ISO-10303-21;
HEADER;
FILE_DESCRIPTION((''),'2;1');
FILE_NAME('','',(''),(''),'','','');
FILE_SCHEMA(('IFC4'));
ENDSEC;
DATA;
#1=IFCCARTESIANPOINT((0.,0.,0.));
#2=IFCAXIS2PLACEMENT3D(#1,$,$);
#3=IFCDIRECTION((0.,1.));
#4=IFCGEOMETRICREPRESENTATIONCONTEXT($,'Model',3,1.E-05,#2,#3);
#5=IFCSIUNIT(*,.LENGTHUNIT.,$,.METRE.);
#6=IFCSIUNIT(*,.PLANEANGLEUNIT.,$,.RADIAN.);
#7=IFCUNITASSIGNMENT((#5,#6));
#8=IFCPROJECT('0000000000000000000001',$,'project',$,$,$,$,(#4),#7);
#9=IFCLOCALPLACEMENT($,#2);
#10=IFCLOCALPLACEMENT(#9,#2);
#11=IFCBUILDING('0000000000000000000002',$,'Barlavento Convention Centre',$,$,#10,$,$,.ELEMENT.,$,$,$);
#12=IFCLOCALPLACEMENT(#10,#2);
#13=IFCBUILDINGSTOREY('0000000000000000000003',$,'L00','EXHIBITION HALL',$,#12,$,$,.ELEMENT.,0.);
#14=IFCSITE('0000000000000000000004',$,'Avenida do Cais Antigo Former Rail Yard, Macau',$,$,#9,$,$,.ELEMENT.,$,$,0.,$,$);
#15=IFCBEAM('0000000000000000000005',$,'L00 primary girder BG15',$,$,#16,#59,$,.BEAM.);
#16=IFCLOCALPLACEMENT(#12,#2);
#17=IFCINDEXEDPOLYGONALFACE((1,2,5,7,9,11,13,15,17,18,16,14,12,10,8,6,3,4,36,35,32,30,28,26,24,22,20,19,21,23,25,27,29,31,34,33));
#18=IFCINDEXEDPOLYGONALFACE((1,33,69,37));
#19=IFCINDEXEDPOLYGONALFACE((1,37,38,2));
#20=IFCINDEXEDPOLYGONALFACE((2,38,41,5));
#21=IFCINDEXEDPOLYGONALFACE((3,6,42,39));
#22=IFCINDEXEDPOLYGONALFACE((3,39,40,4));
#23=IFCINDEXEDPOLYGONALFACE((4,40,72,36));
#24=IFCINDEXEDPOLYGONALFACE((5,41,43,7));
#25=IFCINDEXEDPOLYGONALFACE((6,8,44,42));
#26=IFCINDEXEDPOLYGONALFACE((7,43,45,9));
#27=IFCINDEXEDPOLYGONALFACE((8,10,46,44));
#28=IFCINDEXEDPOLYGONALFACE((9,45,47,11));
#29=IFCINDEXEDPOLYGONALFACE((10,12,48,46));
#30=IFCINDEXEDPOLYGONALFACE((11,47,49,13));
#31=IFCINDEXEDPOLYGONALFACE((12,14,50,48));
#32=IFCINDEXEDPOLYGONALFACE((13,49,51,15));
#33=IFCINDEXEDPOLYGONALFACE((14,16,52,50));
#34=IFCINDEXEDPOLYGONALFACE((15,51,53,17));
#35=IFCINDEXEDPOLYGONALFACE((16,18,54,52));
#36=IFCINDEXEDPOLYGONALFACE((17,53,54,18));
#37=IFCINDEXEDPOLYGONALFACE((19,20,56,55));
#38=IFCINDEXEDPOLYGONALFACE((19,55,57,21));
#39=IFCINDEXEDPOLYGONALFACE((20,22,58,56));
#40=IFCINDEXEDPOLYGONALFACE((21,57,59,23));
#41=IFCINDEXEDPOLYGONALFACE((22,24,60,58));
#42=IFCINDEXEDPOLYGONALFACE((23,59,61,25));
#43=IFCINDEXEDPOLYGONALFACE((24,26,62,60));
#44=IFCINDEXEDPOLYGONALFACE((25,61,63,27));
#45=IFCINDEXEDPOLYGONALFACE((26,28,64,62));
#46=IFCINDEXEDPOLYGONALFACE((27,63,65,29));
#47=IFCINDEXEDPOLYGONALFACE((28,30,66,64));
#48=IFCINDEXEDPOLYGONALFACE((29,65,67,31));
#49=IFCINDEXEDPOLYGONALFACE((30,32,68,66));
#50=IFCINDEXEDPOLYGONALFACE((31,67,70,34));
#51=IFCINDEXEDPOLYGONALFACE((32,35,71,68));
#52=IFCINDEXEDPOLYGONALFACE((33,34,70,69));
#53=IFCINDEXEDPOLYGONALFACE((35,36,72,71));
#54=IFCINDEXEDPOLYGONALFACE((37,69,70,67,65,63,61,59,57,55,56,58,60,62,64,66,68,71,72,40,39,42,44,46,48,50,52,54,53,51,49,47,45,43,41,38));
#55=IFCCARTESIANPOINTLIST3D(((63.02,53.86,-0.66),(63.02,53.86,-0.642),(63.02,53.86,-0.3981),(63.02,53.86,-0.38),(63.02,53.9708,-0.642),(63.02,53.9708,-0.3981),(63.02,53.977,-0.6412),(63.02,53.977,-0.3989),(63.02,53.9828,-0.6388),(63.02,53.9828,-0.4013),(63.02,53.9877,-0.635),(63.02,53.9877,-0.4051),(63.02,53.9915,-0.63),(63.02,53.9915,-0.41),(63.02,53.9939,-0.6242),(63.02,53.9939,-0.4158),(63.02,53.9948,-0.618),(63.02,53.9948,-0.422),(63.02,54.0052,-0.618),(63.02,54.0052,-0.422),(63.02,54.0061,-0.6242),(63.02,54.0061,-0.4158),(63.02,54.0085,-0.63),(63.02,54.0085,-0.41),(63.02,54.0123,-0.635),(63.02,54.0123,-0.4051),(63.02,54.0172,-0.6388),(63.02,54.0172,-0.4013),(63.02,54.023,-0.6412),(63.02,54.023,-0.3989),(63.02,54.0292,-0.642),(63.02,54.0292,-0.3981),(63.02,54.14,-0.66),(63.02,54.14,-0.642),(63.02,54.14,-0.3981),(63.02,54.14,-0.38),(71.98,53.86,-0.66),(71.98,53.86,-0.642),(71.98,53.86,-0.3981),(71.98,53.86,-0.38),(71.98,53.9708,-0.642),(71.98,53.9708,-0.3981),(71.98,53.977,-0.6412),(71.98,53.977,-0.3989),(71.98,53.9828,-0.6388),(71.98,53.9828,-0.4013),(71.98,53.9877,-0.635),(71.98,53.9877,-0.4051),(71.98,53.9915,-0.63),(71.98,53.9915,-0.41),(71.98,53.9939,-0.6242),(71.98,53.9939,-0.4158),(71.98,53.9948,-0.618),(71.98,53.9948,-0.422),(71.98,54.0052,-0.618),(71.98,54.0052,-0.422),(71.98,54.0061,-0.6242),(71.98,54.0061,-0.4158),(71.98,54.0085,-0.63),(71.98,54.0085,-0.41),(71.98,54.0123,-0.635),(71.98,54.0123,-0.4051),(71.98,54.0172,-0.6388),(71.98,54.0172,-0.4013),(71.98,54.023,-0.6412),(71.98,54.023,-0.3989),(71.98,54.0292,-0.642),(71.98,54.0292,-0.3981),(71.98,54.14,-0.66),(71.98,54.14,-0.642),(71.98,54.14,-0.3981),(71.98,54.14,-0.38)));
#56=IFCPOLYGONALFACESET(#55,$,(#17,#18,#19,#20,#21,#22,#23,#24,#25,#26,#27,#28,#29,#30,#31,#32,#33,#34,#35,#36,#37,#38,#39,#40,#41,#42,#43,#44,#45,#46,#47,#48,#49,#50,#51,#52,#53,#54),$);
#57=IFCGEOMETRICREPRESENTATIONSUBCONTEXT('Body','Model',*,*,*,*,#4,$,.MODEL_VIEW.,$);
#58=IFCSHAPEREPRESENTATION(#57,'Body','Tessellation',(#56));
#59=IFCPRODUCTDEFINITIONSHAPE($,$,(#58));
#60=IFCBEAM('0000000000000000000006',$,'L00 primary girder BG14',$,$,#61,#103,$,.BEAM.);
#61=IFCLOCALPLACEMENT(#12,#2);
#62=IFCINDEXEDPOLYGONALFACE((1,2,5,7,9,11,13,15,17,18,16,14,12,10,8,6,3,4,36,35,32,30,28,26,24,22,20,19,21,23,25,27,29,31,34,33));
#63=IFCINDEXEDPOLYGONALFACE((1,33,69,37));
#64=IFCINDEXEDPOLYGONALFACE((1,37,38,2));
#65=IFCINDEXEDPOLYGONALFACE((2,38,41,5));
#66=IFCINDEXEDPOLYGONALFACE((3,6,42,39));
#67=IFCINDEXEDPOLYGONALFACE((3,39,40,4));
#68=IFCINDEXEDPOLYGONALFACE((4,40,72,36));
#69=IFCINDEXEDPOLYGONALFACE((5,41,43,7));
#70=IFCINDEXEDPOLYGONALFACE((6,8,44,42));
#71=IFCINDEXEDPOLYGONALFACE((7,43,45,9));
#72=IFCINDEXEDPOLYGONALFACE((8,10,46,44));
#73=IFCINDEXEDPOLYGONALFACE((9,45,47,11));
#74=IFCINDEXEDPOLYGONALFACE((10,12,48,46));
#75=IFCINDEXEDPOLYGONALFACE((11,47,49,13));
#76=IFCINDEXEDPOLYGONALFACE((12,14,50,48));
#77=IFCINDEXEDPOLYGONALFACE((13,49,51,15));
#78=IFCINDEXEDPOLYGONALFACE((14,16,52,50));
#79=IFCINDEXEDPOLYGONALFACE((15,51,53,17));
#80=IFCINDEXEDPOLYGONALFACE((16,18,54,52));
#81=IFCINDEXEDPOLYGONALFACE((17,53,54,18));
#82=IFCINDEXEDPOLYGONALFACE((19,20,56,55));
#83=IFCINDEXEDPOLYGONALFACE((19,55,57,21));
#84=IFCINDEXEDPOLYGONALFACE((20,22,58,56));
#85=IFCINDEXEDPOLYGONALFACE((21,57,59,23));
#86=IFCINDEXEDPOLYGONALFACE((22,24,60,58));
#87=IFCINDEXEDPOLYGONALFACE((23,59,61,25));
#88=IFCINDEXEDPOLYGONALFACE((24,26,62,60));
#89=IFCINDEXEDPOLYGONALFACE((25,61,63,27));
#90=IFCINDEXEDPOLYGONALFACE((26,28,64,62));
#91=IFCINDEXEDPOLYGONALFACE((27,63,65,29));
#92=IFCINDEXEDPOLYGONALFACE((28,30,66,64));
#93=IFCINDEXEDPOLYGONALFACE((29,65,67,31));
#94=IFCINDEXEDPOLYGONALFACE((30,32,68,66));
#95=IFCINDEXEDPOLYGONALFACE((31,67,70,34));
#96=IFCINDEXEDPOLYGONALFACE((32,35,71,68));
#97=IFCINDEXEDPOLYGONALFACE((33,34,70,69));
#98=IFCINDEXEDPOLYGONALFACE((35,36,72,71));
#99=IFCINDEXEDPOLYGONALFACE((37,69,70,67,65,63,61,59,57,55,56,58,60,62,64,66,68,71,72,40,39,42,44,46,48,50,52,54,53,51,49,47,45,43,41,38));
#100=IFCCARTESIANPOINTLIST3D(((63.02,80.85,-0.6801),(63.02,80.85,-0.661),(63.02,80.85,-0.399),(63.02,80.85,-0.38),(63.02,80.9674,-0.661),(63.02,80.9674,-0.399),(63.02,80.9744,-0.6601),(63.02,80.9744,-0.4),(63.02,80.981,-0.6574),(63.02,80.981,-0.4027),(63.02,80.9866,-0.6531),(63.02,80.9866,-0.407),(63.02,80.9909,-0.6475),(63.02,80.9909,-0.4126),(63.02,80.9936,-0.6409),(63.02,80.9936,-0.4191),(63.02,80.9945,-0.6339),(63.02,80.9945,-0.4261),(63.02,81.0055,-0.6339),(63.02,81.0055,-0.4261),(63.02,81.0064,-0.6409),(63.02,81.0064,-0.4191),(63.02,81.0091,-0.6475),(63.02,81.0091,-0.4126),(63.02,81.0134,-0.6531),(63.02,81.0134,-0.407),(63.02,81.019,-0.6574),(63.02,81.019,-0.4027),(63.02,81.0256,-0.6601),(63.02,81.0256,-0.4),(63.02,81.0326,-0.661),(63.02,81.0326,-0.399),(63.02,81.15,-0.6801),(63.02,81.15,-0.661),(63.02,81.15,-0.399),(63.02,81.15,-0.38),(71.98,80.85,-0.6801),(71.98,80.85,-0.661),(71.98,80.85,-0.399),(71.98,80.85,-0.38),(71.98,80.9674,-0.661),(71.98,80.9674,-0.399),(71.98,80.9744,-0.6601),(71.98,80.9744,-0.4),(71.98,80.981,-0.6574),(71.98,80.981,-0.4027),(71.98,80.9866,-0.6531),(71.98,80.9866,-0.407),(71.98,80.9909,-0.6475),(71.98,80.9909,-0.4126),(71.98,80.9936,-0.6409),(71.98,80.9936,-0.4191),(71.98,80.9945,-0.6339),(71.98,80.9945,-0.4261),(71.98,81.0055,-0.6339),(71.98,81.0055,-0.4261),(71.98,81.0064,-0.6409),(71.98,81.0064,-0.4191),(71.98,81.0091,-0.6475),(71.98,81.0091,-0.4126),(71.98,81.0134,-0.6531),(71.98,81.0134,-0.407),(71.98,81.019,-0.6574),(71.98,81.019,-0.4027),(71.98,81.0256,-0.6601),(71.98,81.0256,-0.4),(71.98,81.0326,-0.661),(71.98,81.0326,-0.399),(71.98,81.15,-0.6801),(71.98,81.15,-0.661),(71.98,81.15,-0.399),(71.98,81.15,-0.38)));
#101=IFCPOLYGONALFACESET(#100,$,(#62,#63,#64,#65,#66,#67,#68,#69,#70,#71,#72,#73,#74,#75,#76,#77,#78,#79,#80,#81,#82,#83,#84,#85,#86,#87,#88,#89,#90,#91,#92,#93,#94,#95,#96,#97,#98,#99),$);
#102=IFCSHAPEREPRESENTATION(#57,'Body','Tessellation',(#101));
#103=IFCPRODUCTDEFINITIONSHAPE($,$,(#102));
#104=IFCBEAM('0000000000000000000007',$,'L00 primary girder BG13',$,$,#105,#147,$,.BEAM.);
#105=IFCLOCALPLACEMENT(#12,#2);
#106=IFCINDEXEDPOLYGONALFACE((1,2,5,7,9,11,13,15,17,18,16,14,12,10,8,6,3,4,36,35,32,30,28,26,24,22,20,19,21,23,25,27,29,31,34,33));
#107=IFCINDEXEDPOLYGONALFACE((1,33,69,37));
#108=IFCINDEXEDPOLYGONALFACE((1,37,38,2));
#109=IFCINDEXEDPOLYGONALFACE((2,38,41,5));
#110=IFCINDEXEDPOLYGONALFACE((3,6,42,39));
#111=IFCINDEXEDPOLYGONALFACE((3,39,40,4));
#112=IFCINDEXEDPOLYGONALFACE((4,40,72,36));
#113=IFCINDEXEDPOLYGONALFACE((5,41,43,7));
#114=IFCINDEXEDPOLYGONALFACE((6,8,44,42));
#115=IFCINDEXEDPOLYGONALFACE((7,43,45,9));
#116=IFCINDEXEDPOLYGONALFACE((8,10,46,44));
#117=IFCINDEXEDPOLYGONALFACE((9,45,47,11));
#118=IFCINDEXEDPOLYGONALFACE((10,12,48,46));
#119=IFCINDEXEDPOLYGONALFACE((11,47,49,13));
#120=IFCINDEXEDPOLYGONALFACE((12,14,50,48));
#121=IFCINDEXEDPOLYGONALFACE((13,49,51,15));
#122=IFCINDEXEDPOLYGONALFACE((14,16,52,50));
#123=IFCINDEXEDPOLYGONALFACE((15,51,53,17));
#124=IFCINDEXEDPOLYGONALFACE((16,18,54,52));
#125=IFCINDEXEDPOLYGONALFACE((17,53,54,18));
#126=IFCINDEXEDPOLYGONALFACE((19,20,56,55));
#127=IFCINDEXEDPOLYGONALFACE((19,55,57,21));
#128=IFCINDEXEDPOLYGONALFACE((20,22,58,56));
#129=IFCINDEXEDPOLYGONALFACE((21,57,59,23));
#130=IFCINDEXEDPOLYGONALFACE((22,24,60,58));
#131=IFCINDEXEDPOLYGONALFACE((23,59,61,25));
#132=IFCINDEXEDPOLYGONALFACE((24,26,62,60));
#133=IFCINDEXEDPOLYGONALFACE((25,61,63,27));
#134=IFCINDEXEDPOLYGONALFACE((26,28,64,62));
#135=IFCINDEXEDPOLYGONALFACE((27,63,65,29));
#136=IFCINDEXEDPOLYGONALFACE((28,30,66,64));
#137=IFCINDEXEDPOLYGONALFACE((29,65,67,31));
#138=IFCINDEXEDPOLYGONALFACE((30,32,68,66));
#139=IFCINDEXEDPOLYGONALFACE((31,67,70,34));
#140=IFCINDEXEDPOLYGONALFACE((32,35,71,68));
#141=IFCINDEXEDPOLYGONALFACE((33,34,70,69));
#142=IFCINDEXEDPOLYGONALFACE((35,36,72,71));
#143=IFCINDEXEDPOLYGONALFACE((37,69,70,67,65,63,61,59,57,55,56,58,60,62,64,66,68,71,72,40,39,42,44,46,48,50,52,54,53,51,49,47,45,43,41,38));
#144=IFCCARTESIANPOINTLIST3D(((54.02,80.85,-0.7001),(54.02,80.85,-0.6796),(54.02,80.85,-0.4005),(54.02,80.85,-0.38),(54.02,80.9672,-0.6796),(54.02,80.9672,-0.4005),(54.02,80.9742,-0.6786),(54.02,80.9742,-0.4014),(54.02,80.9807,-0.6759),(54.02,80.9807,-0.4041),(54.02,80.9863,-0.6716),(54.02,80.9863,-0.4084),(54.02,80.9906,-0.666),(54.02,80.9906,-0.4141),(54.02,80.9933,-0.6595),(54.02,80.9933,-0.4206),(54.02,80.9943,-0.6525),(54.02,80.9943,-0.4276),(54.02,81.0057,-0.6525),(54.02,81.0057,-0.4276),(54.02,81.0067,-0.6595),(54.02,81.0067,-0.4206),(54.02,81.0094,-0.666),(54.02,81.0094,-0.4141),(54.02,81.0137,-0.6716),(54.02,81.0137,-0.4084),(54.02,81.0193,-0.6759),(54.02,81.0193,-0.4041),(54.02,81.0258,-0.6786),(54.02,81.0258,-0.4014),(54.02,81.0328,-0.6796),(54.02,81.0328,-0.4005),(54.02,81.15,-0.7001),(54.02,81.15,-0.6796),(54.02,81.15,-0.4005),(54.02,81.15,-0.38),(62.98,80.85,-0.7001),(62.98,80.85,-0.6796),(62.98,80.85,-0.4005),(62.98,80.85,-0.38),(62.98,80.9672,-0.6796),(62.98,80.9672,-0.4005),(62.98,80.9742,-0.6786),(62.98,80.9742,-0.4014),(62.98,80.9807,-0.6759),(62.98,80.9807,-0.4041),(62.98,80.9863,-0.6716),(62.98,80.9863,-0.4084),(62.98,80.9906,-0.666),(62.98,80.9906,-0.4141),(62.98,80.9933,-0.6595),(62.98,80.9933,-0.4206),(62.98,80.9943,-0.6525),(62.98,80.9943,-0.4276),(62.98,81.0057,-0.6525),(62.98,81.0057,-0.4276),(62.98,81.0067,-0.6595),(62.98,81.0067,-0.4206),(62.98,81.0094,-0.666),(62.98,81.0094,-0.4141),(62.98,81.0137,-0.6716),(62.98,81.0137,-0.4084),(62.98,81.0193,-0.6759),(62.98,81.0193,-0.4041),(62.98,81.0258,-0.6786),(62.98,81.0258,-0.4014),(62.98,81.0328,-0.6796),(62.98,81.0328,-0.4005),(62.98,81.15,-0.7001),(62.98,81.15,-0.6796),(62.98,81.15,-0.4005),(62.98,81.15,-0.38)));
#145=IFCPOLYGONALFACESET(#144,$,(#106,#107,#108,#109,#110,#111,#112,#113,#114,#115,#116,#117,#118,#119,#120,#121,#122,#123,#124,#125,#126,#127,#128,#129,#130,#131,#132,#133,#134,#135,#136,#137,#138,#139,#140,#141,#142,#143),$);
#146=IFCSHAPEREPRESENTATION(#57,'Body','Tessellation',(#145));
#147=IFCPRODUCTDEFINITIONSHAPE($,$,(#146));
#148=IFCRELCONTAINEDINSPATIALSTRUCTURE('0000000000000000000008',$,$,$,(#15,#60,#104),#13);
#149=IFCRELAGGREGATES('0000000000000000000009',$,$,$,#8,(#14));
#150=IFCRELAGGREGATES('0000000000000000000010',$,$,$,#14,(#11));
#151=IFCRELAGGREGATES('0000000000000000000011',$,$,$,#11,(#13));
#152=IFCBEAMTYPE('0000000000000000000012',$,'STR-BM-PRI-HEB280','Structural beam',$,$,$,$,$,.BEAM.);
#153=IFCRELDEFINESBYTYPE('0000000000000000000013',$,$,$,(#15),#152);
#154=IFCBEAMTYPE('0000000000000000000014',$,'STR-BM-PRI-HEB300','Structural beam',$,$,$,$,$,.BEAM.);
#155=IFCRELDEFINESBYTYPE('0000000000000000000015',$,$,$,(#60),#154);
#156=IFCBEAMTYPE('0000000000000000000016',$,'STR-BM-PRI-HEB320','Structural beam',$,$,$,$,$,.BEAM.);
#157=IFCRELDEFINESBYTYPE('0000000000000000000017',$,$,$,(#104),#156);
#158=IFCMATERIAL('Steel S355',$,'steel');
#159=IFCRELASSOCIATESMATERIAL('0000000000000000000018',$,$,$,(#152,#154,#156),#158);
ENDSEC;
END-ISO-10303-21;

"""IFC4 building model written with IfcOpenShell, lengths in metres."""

from ifc_helpers import new_model, si_unit, direction, frame, origin, origin_2d, place, context, subcontext, project, spatial, i_section, extrude, material, material_profile, profile_set, type_object, element, save


model = new_model("IFC4")

# Units and contexts
model_context = context("Model", 3, precision=1e-05, world=origin(), true_north=direction((0.0, 1.0)))
body_context = subcontext(model_context, "Body", "Model", "MODEL_VIEW")
ifc_project = project(units=[si_unit("LENGTHUNIT", "METRE"), si_unit("PLANEANGLEUNIT", "RADIAN")], contexts=[model_context])

# Site, building, storey
site_placement = place(None, origin())
site = spatial("IfcSite", under=ifc_project, at=site_placement, Name="Avenida do Cais Antigo Former Rail Yard, Macau", CompositionType="ELEMENT", RefElevation=0.0)
building_placement = place(site_placement, origin())
building = spatial("IfcBuilding", under=site, at=building_placement, Name="Barlavento Convention Centre", CompositionType="ELEMENT")
storey_placement = place(building_placement, origin())
storey = spatial("IfcBuildingStorey", under=building, at=storey_placement, Name="L00", Description="EXHIBITION HALL", CompositionType="ELEMENT", Elevation=0.0)

# Beams
ifc_material_1 = material(Name="Steel S355", Category="steel")
ifc_material_profile_1 = material_profile(ifc_material_1, i_section(OverallWidth=0.28, OverallDepth=0.28, WebThickness=0.0105, FlangeThickness=0.0181, FilletRadius=0.0239, at=origin_2d()), Name="HEB 280")
ifc_profile_set_1 = profile_set([ifc_material_profile_1], Name="Steel S355")
beam_type_1 = type_object("IfcBeamType", Name="STR-BM-PRI-HEB280", Description="Structural beam", PredefinedType="BEAM", material=ifc_profile_set_1)
beam_1_placement = place(storey_placement, frame((63.02, 54.0, -0.52), z_axis=(1.0, 0.0, 0.0), x_axis=(0.0, 1.0, 0.0)))
element("IfcBeam", 1, at=beam_1_placement, inside=storey, type_object=beam_type_1, Name="L00 primary girder BG15", PredefinedType="BEAM", context=body_context, shape_type="SweptSolid", body=[
    extrude(i_section(OverallWidth=0.28, OverallDepth=0.28, WebThickness=0.0105, FlangeThickness=0.0181, FilletRadius=0.0239, at=origin_2d()), origin(), (0.0, 0.0, 1.0), 8.96),
])
ifc_material_profile_2 = material_profile(ifc_material_1, i_section(OverallWidth=0.3, OverallDepth=0.3, WebThickness=0.011, FlangeThickness=0.019, FilletRadius=0.0271, at=origin_2d()), Name="HEB 300")
ifc_profile_set_2 = profile_set([ifc_material_profile_2], Name="Steel S355")
beam_type_2 = type_object("IfcBeamType", Name="STR-BM-PRI-HEB300", Description="Structural beam", PredefinedType="BEAM", material=ifc_profile_set_2)
beam_2_placement = place(storey_placement, frame((63.02, 81.0, -0.53), z_axis=(1.0, 0.0, 0.0), x_axis=(0.0, 1.0, 0.0)))
element("IfcBeam", 2, at=beam_2_placement, inside=storey, type_object=beam_type_2, Name="L00 primary girder BG14", PredefinedType="BEAM", context=body_context, shape_type="SweptSolid", body=[
    extrude(i_section(OverallWidth=0.3, OverallDepth=0.3, WebThickness=0.011, FlangeThickness=0.019, FilletRadius=0.0271, at=origin_2d()), origin(), (0.0, 0.0, 1.0), 8.96),
])
ifc_material_profile_3 = material_profile(ifc_material_1, i_section(OverallWidth=0.3, OverallDepth=0.3201, WebThickness=0.0115, FlangeThickness=0.0205, FilletRadius=0.0271, at=origin_2d()), Name="HEB 320")
ifc_profile_set_3 = profile_set([ifc_material_profile_3], Name="Steel S355")
beam_type_3 = type_object("IfcBeamType", Name="STR-BM-PRI-HEB320", Description="Structural beam", PredefinedType="BEAM", material=ifc_profile_set_3)
beam_3_placement = place(storey_placement, frame((54.02, 81.0, -0.54), z_axis=(1.0, 0.0, 0.0), x_axis=(0.0, 1.0, 0.0)))
element("IfcBeam", 3, at=beam_3_placement, inside=storey, type_object=beam_type_3, Name="L00 primary girder BG13", PredefinedType="BEAM", context=body_context, shape_type="SweptSolid", body=[
    extrude(i_section(OverallWidth=0.3, OverallDepth=0.3201, WebThickness=0.0115, FlangeThickness=0.0205, FilletRadius=0.0271, at=origin_2d()), origin(), (0.0, 0.0, 1.0), 8.96),
])

save(model, "model.ifc")
